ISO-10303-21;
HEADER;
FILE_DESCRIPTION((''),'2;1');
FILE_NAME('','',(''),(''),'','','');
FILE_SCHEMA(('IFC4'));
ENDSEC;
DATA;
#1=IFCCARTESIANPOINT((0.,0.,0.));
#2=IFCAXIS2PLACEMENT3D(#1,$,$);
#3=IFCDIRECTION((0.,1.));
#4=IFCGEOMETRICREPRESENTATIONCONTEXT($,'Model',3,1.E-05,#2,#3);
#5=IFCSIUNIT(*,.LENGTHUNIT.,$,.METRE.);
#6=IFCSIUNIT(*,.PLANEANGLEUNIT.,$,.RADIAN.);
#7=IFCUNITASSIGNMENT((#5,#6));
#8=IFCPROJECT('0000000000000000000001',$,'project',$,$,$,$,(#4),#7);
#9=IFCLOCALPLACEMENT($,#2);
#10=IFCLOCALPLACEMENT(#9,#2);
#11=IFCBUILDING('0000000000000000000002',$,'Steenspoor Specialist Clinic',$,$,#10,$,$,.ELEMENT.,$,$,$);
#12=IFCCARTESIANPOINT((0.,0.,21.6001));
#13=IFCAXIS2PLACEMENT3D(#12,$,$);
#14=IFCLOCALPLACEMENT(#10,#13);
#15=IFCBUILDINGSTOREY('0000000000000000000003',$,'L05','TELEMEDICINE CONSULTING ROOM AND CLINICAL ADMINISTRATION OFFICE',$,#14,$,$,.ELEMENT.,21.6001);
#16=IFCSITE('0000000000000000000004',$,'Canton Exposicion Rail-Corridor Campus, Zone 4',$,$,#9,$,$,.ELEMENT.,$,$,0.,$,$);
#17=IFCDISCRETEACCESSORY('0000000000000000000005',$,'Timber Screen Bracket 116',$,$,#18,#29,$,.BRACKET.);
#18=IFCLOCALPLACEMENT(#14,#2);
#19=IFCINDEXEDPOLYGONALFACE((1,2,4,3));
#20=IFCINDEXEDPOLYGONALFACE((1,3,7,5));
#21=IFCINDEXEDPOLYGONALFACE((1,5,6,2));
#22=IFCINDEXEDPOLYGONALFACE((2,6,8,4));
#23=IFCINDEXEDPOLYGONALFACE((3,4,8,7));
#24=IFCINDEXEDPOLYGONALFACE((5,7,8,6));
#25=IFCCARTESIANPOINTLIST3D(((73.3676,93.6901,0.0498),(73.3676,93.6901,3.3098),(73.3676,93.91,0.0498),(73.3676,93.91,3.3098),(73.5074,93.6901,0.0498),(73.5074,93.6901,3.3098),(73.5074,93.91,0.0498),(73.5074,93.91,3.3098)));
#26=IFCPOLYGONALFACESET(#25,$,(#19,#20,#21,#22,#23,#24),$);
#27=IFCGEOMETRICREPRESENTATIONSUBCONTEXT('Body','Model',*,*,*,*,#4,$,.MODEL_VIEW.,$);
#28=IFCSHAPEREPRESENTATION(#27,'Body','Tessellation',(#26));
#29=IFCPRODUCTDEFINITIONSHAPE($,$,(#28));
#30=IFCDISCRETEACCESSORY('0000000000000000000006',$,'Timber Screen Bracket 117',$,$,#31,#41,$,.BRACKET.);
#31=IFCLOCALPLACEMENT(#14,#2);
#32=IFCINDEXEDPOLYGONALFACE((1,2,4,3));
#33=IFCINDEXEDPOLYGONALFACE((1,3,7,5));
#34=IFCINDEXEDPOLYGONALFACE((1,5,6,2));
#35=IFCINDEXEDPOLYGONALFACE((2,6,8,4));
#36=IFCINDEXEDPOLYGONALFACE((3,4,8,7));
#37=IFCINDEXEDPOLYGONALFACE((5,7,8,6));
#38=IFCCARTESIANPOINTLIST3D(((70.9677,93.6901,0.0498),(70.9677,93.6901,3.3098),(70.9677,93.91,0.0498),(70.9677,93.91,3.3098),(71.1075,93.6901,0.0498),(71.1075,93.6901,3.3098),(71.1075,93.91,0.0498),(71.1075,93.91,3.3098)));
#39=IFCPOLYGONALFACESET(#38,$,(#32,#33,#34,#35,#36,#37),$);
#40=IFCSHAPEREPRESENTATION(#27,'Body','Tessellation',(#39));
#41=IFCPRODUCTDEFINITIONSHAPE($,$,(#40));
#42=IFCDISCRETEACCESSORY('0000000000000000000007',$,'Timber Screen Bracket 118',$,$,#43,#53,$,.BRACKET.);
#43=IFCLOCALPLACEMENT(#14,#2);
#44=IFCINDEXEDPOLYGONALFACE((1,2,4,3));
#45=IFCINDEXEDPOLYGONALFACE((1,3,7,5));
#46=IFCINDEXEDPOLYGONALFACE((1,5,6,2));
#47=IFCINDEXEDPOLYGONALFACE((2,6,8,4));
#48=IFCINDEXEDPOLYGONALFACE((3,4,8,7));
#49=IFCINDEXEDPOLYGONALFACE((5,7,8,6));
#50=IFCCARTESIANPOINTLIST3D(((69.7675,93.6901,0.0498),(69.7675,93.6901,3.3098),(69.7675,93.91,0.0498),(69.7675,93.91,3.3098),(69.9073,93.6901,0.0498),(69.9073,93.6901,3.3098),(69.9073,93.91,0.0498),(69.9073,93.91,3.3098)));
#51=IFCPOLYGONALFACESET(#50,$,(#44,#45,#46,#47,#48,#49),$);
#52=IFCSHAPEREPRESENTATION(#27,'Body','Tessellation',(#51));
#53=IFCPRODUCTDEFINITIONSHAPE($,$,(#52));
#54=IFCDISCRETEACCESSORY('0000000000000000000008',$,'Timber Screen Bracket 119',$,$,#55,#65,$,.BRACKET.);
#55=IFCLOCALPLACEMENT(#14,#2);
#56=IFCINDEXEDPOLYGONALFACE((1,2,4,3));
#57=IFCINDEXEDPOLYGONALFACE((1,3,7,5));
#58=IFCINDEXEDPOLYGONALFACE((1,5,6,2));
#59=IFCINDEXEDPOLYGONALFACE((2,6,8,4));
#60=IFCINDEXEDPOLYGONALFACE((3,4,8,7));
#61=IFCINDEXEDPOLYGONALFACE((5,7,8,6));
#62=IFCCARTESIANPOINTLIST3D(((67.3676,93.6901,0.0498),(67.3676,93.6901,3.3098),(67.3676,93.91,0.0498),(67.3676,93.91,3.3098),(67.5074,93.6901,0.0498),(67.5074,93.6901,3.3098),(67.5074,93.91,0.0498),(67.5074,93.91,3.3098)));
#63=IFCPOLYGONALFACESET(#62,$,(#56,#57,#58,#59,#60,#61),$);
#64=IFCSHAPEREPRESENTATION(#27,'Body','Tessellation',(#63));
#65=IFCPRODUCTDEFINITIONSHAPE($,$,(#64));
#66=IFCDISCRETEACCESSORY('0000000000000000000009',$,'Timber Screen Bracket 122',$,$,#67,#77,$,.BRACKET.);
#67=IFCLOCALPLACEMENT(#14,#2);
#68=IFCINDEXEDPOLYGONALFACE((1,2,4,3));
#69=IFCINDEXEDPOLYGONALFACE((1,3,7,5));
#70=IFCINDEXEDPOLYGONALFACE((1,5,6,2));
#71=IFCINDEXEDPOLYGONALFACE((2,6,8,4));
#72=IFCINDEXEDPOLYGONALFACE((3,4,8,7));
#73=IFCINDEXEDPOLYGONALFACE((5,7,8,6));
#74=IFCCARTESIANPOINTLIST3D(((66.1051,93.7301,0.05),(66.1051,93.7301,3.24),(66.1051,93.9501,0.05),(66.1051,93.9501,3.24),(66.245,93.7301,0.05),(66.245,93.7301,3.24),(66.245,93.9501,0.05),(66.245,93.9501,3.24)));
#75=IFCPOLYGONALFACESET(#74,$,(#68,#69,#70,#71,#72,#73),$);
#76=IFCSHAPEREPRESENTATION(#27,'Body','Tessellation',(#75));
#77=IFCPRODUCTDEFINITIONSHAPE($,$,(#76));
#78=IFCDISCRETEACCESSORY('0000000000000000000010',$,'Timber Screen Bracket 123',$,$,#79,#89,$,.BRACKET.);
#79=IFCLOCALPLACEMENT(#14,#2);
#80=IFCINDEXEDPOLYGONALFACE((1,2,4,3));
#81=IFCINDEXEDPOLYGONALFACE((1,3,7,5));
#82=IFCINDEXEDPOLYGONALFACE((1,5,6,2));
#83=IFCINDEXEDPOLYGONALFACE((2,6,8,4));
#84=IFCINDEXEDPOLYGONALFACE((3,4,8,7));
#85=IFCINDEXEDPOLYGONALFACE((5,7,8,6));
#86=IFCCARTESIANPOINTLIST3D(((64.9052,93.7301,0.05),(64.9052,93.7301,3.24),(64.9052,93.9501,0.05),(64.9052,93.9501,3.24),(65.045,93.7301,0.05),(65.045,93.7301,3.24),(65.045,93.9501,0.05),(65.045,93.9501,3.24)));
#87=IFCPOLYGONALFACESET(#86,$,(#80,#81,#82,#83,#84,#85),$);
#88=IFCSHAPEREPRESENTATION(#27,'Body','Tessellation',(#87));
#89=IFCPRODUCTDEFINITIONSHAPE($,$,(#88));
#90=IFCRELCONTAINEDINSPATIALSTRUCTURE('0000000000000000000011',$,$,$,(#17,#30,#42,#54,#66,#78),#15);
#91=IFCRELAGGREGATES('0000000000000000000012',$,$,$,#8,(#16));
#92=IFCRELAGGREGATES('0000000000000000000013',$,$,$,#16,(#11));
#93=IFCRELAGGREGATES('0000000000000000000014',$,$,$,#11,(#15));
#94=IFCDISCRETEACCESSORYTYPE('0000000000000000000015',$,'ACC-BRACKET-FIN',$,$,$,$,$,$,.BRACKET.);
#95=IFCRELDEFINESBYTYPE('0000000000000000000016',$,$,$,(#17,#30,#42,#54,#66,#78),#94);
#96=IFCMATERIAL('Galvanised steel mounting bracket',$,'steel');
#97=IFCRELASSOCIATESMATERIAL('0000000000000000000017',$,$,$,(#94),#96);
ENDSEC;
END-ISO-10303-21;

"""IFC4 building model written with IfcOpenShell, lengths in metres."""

from ifc_helpers import new_model, si_unit, direction, frame, origin, origin_2d, place, context, subcontext, project, spatial, rectangle, extrude, material, type_object, element, save


model = new_model("IFC4")

# Units and contexts
model_context = context("Model", 3, precision=1e-05, world=origin(), true_north=direction((0.0, 1.0)))
body_context = subcontext(model_context, "Body", "Model", "MODEL_VIEW")
ifc_project = project(units=[si_unit("LENGTHUNIT", "METRE"), si_unit("PLANEANGLEUNIT", "RADIAN")], contexts=[model_context])

# Site, building, storey
site_placement = place(None, origin())
site = spatial("IfcSite", under=ifc_project, at=site_placement, Name="Canton Exposicion Rail-Corridor Campus, Zone 4", CompositionType="ELEMENT", RefElevation=0.0)
building_placement = place(site_placement, origin())
building = spatial("IfcBuilding", under=site, at=building_placement, Name="Steenspoor Specialist Clinic", CompositionType="ELEMENT")
storey_placement = place(building_placement, frame((0.0, 0.0, 21.6001)))
storey = spatial("IfcBuildingStorey", under=building, at=storey_placement, Name="L05", Description="TELEMEDICINE CONSULTING ROOM AND CLINICAL ADMINISTRATION OFFICE", CompositionType="ELEMENT", Elevation=21.6001)

# Discrete accessories
ifc_material_1 = material(Name="Galvanised steel mounting bracket", Category="steel")
discrete_accessory_type = type_object("IfcDiscreteAccessoryType", Name="ACC-BRACKET-FIN", PredefinedType="BRACKET", material=ifc_material_1)
for number, where, z_axis, x_axis, name in (
    (1, (73.4375, 93.8, 0.0498), (0.0, 0.0, 1.0), (0.0, -1.0, 0.0), "Timber Screen Bracket 116"),
    (2, (71.0376, 93.8, 0.0498), (0.0, 0.0, 1.0), (0.0, -1.0, 0.0), "Timber Screen Bracket 117"),
    (3, (69.8374, 93.8, 0.0498), (0.0, 0.0, 1.0), (0.0, -1.0, 0.0), "Timber Screen Bracket 118"),
    (4, (67.4375, 93.8, 0.0498), (0.0, 0.0, 1.0), (0.0, -1.0, 0.0), "Timber Screen Bracket 119"),
):
    element("IfcDiscreteAccessory", number, at=place(storey_placement, frame(where, z_axis=z_axis, x_axis=x_axis)), inside=storey, type_object=discrete_accessory_type, Name=name, PredefinedType="BRACKET", context=body_context, shape_type="SweptSolid", body=[
        extrude(rectangle(XDim=0.22, YDim=0.1399, at=origin_2d()), origin(), (0.0, 0.0, 1.0), 3.26),
    ])
for number, where, z_axis, x_axis, name in (
    (5, (66.175, 93.8401, 0.05), (0.0, 0.0, 1.0), (0.0, -1.0, 0.0), "Timber Screen Bracket 122"),
    (6, (64.9751, 93.8401, 0.05), (0.0, 0.0, 1.0), (0.0, -1.0, 0.0), "Timber Screen Bracket 123"),
):
    element("IfcDiscreteAccessory", number, at=place(storey_placement, frame(where, z_axis=z_axis, x_axis=x_axis)), inside=storey, type_object=discrete_accessory_type, Name=name, PredefinedType="BRACKET", context=body_context, shape_type="SweptSolid", body=[
        extrude(rectangle(XDim=0.22, YDim=0.1399, at=origin_2d()), origin(), (0.0, 0.0, 1.0), 3.1899),
    ])

save(model, "model.ifc")
